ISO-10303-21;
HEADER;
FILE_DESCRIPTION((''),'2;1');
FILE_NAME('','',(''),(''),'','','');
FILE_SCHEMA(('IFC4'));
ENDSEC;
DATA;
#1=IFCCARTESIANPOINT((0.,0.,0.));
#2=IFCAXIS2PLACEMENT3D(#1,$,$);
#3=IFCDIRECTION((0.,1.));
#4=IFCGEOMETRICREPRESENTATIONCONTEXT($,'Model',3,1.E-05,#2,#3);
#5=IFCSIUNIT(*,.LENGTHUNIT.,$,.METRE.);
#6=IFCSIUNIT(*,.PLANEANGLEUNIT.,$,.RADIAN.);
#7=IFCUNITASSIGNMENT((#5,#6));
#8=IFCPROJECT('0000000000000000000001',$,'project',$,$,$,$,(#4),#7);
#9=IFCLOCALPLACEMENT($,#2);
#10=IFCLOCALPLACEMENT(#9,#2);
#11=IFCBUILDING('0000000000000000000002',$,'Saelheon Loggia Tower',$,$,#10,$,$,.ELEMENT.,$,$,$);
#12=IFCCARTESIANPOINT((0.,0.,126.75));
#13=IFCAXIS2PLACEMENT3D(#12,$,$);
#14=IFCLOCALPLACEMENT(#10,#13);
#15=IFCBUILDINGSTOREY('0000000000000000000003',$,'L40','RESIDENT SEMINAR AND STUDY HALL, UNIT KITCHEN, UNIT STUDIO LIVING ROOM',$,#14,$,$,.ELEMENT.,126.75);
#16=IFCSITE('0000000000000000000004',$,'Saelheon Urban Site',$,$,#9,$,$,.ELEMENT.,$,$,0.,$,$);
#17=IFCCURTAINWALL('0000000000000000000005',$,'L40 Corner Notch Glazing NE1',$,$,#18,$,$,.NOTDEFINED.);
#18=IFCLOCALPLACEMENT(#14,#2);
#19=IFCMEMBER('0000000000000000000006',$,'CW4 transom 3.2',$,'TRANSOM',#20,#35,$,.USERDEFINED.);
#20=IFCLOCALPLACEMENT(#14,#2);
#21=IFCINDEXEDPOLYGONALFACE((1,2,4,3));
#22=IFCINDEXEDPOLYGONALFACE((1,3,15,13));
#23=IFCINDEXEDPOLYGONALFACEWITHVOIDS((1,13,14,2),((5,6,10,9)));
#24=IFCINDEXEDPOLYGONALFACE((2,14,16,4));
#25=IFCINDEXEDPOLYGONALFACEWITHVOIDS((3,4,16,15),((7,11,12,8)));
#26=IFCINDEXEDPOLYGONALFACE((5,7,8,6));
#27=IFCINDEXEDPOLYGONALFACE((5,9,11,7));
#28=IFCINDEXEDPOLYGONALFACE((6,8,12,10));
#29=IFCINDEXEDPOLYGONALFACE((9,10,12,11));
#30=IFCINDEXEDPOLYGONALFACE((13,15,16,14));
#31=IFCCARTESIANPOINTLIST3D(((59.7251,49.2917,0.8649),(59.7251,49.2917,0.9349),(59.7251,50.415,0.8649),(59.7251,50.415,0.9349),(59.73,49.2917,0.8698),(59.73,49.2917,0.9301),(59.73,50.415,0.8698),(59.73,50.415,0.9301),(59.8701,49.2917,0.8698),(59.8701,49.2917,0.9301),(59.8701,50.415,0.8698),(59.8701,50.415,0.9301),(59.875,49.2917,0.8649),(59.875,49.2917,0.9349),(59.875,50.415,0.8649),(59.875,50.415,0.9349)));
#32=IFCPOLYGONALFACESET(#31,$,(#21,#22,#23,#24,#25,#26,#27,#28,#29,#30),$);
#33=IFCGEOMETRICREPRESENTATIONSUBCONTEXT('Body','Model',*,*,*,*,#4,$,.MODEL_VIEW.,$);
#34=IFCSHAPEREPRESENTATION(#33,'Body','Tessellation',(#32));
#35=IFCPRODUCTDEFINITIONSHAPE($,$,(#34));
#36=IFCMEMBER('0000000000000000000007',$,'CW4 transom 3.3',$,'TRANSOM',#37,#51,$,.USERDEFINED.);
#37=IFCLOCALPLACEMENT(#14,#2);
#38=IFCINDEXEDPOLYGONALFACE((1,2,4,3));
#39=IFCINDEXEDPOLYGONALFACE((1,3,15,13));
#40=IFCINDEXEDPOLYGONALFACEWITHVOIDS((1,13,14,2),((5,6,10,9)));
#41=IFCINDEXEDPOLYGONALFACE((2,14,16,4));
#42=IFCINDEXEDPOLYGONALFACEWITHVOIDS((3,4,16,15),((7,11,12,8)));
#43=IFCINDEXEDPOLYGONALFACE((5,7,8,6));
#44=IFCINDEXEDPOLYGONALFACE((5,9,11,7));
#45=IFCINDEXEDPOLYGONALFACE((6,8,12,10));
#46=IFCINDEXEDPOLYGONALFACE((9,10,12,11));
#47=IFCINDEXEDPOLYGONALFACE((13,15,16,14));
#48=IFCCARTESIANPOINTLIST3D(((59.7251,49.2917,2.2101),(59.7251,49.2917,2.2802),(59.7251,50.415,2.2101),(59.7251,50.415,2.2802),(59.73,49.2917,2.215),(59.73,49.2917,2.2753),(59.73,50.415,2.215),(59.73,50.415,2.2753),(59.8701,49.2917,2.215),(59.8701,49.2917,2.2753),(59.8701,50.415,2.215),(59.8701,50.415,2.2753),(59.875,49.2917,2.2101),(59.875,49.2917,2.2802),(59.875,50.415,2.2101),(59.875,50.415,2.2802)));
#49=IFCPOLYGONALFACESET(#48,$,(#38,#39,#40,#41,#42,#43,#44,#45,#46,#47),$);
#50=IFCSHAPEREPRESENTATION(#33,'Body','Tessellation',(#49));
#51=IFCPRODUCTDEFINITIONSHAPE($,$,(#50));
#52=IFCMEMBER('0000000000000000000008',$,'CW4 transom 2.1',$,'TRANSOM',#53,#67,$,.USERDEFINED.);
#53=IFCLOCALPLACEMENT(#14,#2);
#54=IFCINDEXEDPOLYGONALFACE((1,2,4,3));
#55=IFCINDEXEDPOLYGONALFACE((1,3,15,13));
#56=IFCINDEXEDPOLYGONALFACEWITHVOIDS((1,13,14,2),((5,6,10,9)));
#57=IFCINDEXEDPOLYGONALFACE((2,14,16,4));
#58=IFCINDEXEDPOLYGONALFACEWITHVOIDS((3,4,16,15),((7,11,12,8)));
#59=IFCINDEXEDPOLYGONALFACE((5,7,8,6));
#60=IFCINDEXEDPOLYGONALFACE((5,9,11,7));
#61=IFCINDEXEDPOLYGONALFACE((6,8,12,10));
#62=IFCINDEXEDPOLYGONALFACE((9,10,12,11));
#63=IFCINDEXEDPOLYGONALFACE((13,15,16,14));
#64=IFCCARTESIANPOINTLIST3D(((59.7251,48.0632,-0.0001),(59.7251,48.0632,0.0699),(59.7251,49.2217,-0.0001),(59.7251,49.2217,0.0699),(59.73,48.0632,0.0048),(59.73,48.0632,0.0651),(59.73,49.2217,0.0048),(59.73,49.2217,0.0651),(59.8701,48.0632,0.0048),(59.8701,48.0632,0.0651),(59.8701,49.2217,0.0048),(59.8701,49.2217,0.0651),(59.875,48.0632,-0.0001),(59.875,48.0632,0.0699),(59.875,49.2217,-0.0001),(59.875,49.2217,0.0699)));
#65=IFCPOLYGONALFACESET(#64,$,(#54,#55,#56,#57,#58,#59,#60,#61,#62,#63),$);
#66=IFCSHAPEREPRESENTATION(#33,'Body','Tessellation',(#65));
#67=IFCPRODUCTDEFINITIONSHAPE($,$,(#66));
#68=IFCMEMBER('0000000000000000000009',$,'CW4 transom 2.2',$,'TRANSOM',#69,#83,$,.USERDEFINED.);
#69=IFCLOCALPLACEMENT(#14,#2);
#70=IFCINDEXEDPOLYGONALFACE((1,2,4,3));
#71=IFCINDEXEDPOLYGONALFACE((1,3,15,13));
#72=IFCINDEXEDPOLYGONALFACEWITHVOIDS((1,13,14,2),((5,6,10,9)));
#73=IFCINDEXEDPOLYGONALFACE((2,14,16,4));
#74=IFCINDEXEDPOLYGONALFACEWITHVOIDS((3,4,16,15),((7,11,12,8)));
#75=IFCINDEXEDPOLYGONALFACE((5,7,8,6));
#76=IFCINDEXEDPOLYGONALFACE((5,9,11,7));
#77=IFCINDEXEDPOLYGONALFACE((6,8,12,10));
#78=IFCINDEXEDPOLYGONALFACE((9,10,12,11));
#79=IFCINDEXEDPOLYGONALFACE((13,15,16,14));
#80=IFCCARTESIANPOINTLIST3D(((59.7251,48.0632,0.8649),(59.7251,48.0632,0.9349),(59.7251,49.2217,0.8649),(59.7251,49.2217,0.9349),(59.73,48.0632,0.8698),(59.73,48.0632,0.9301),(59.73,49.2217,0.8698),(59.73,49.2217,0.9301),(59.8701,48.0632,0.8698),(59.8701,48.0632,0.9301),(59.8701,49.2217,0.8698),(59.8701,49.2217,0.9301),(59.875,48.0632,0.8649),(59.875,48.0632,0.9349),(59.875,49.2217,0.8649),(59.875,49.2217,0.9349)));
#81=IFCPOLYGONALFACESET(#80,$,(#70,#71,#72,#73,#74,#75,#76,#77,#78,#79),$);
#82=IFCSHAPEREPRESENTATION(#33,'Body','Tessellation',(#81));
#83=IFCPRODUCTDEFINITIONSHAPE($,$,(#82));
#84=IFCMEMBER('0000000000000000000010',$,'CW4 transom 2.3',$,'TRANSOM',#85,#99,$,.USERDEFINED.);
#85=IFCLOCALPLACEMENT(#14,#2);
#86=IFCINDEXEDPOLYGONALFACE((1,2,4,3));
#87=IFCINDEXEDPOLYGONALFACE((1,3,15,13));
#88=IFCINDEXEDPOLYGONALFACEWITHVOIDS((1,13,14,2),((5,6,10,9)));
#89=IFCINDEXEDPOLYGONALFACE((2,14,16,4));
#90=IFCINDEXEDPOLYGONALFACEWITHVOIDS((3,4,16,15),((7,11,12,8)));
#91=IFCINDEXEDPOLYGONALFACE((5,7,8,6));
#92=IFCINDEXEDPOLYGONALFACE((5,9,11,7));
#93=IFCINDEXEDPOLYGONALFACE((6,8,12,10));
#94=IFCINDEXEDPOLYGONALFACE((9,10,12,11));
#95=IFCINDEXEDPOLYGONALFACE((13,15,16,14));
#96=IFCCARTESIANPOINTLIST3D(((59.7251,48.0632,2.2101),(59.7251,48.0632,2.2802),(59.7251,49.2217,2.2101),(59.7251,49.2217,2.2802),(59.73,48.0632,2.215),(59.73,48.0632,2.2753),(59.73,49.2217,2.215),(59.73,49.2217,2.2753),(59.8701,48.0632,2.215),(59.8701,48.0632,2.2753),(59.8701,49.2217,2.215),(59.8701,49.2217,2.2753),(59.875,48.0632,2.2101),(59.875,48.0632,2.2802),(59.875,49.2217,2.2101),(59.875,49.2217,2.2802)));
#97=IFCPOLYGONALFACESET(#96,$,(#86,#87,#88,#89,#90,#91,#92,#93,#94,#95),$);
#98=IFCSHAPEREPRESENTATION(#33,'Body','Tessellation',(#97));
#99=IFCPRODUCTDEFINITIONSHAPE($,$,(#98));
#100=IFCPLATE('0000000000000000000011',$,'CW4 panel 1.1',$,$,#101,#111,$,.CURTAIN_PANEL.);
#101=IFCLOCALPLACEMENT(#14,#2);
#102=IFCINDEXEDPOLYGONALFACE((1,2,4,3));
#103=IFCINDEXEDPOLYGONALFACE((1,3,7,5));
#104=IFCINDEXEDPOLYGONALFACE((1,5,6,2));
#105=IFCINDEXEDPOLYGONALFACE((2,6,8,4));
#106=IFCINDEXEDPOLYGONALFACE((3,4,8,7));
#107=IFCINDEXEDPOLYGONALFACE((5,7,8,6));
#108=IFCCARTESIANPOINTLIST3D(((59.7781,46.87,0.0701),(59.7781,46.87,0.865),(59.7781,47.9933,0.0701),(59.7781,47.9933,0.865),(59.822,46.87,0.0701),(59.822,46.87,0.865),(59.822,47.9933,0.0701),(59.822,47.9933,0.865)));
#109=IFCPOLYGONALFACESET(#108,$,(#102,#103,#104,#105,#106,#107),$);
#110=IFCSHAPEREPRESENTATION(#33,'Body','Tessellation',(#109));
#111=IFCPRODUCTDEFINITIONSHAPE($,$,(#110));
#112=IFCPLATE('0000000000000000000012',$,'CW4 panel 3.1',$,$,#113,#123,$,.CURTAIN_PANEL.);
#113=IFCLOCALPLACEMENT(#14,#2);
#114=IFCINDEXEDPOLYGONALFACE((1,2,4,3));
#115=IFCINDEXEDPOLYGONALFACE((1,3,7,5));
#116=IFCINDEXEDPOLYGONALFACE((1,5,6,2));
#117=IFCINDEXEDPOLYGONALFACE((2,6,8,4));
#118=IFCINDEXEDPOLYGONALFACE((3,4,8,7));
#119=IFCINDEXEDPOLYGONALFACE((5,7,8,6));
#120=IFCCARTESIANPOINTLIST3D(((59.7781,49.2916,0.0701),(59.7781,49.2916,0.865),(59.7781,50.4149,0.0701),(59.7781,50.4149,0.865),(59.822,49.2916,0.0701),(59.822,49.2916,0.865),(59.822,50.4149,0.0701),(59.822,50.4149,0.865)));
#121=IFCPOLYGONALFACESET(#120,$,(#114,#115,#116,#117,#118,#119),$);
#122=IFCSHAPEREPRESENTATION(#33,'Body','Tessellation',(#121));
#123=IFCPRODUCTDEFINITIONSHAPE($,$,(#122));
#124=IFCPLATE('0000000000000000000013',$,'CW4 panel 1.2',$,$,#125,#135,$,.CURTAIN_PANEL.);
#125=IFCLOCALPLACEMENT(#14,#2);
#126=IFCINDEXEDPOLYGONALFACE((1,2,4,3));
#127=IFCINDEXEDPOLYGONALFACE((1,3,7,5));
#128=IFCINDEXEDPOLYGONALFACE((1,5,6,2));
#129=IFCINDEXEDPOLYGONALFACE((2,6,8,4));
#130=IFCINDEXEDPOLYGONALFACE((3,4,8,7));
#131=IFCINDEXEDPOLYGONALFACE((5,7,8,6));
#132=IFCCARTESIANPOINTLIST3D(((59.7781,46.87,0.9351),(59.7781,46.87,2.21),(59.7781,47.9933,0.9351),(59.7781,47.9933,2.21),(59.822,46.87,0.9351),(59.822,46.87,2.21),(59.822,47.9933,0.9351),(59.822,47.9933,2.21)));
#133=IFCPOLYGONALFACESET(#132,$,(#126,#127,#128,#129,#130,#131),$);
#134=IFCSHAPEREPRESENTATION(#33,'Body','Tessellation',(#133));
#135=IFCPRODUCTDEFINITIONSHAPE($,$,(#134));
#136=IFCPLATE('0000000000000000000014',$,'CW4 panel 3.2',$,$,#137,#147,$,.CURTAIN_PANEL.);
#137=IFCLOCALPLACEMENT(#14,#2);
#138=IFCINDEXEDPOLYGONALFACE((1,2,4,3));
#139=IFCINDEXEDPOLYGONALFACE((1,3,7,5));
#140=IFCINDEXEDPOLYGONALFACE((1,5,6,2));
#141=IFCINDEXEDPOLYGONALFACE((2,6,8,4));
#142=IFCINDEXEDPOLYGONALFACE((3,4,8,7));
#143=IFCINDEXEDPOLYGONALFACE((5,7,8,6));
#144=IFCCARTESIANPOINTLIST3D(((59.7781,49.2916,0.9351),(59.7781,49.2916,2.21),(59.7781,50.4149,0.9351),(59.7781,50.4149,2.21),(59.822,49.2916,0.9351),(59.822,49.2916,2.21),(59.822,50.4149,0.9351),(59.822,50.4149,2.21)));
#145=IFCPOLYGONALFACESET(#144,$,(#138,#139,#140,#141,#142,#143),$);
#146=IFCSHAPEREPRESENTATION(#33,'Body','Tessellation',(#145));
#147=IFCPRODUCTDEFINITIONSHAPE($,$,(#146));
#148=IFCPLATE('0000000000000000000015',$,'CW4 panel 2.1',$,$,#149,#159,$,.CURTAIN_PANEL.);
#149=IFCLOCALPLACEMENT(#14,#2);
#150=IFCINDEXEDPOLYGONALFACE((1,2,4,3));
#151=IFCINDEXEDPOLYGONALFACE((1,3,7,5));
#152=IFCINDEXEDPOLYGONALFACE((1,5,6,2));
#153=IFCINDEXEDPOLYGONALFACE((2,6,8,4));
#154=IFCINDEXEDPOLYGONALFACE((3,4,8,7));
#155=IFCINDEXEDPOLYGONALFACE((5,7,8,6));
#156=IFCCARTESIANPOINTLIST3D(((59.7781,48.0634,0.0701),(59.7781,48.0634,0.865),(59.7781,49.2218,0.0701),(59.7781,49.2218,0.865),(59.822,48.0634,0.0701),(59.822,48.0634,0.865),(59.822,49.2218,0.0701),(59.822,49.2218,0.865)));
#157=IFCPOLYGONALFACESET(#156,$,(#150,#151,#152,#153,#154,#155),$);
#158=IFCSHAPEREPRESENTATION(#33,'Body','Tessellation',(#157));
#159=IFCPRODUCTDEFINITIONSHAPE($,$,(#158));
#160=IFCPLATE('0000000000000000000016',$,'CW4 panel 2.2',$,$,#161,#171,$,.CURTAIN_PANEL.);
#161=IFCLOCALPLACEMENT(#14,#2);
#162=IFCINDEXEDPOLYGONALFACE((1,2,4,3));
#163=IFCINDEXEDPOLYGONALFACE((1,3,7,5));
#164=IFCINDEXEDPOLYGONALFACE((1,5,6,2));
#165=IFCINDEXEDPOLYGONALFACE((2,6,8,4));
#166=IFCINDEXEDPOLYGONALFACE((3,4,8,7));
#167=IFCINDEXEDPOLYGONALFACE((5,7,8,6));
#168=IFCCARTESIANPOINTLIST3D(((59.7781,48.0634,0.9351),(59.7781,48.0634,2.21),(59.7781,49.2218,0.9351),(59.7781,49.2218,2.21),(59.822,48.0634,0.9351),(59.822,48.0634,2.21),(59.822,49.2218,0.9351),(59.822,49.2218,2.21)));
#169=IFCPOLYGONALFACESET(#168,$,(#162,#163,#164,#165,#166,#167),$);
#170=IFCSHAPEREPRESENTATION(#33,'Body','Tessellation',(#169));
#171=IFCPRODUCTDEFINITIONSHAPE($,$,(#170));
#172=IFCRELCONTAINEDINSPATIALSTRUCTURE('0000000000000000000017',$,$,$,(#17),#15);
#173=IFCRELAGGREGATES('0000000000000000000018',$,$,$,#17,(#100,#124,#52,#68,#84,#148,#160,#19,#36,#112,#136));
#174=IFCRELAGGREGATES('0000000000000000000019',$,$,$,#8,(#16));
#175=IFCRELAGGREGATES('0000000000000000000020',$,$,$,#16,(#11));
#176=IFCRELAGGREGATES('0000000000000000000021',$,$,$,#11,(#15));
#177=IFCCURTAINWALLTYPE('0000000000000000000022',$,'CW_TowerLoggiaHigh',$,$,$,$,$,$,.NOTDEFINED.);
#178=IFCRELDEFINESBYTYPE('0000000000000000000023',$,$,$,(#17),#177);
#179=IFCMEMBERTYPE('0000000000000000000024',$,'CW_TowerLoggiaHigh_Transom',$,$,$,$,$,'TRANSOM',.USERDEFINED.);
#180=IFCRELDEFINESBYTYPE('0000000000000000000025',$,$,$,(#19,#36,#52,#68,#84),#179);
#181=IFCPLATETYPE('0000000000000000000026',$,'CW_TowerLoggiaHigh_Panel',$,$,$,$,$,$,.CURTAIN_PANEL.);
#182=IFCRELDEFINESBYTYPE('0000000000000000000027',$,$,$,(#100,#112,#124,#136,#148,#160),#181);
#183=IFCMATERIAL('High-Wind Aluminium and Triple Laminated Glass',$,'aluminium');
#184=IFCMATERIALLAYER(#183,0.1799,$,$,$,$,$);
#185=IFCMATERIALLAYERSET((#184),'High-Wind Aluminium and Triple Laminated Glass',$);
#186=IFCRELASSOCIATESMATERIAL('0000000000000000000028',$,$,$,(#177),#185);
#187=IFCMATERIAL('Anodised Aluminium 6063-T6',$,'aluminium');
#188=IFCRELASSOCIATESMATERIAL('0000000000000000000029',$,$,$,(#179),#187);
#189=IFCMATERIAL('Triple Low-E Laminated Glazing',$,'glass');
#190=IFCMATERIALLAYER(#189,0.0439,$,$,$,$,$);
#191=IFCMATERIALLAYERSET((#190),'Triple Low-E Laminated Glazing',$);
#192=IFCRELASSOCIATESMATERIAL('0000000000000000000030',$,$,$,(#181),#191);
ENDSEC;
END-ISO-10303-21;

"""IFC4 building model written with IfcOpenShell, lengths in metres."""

from ifc_helpers import new_model, si_unit, direction, frame, origin, origin_2d, place, context, subcontext, project, spatial, rectangle, hollow_rectangle, extrude, source, transform, mapped, material, layer, layer_set, material_profile, profile_set, type_object, element, aggregate, save


model = new_model("IFC4")

# Units and contexts
model_context = context("Model", 3, precision=1e-05, world=origin(), true_north=direction((0.0, 1.0)))
body_context = subcontext(model_context, "Body", "Model", "MODEL_VIEW")
ifc_project = project(units=[si_unit("LENGTHUNIT", "METRE"), si_unit("PLANEANGLEUNIT", "RADIAN")], contexts=[model_context])

# Site, building, storey
site_placement = place(None, origin())
site = spatial("IfcSite", under=ifc_project, at=site_placement, Name="Saelheon Urban Site", CompositionType="ELEMENT", RefElevation=0.0)
building_placement = place(site_placement, origin())
building = spatial("IfcBuilding", under=site, at=building_placement, Name="Saelheon Loggia Tower", CompositionType="ELEMENT")
storey_placement = place(building_placement, frame((0.0, 0.0, 126.75)))
storey = spatial("IfcBuildingStorey", under=building, at=storey_placement, Name="L40", Description="RESIDENT SEMINAR AND STUDY HALL, UNIT KITCHEN, UNIT STUDIO LIVING ROOM", CompositionType="ELEMENT", Elevation=126.75)

# Curtain wall
ifc_material_1 = material(Name="High-Wind Aluminium and Triple Laminated Glass", Category="aluminium")
ifc_layer_1 = layer(ifc_material_1, 0.1799)
ifc_layer_set_1 = layer_set([ifc_layer_1], Name="High-Wind Aluminium and Triple Laminated Glass")
curtain_wall_type = type_object("IfcCurtainWallType", Name="CW_TowerLoggiaHigh", PredefinedType="NOTDEFINED", material=ifc_layer_set_1)
curtain_wall_1_placement = place(storey_placement, origin())
curtain_wall_1 = element("IfcCurtainWall", 1, at=curtain_wall_1_placement, inside=storey, type_object=curtain_wall_type, Name="L40 Corner Notch Glazing NE1", PredefinedType="NOTDEFINED")
ifc_material_2 = material(Name="Anodised Aluminium 6063-T6", Category="aluminium")

# Members
ifc_material_profile_1 = material_profile(ifc_material_2, hollow_rectangle(XDim=0.0701, YDim=0.1499, WallThickness=0.0049, at=origin_2d()), Name="RHS-150x70x5")
ifc_profile_set_1 = profile_set([ifc_material_profile_1], Name="Anodised Aluminium 6063-T6")
member_type_1 = type_object("IfcMemberType", Name="CW_TowerLoggiaHigh_Transom", ElementType="TRANSOM", PredefinedType="USERDEFINED", material=ifc_profile_set_1)
shared_shape_1 = source(origin(), body_context, "Body", "SweptSolid", [
    extrude(hollow_rectangle(XDim=0.0701, YDim=0.1499, WallThickness=0.0049, at=origin_2d()), origin(), (0.0, 0.0, 1.0), 1.1233),
])
member_1_placement = place(storey_placement, frame((59.8, 49.2917, 0.8999), z_axis=(0.0, 1.0, 0.0), x_axis=(0.0, 0.0, 1.0)))
member_1 = element("IfcMember", 2, at=member_1_placement, type_object=member_type_1, Name="CW4 transom 3.2", ObjectType="TRANSOM", PredefinedType="USERDEFINED", context=body_context, shape_type="MappedRepresentation", body=[
    mapped(shared_shape_1, transform((0.0, 0.0, 0.0), scale=1.0)),
])
member_2_placement = place(storey_placement, frame((59.8, 49.2917, 2.2451), z_axis=(0.0, 1.0, 0.0), x_axis=(0.0, 0.0, 1.0)))
member_2 = element("IfcMember", 3, at=member_2_placement, type_object=member_type_1, Name="CW4 transom 3.3", ObjectType="TRANSOM", PredefinedType="USERDEFINED", context=body_context, shape_type="MappedRepresentation", body=[
    mapped(shared_shape_1, transform((0.0, 0.0, 0.0), scale=1.0)),
])
shared_shape_2 = source(origin(), body_context, "Body", "SweptSolid", [
    extrude(hollow_rectangle(XDim=0.0701, YDim=0.1499, WallThickness=0.0049, at=origin_2d()), origin(), (0.0, 0.0, 1.0), 1.1584),
])
member_3_placement = place(storey_placement, frame((59.8, 48.0632, 0.0349), z_axis=(0.0, 1.0, 0.0), x_axis=(0.0, 0.0, 1.0)))
member_3 = element("IfcMember", 4, at=member_3_placement, type_object=member_type_1, Name="CW4 transom 2.1", ObjectType="TRANSOM", PredefinedType="USERDEFINED", context=body_context, shape_type="MappedRepresentation", body=[
    mapped(shared_shape_2, transform((0.0, 0.0, 0.0), scale=1.0)),
])
member_4_placement = place(storey_placement, frame((59.8, 48.0632, 0.8999), z_axis=(0.0, 1.0, 0.0), x_axis=(0.0, 0.0, 1.0)))
member_4 = element("IfcMember", 5, at=member_4_placement, type_object=member_type_1, Name="CW4 transom 2.2", ObjectType="TRANSOM", PredefinedType="USERDEFINED", context=body_context, shape_type="MappedRepresentation", body=[
    mapped(shared_shape_2, transform((0.0, 0.0, 0.0), scale=1.0)),
])
member_5_placement = place(storey_placement, frame((59.8, 48.0632, 2.2451), z_axis=(0.0, 1.0, 0.0), x_axis=(0.0, 0.0, 1.0)))
member_5 = element("IfcMember", 6, at=member_5_placement, type_object=member_type_1, Name="CW4 transom 2.3", ObjectType="TRANSOM", PredefinedType="USERDEFINED", context=body_context, shape_type="MappedRepresentation", body=[
    mapped(shared_shape_2, transform((0.0, 0.0, 0.0), scale=1.0)),
])

# Plates
ifc_material_3 = material(Name="Triple Low-E Laminated Glazing", Category="glass")
ifc_layer_2 = layer(ifc_material_3, 0.0439)
ifc_layer_set_2 = layer_set([ifc_layer_2], Name="Triple Low-E Laminated Glazing")
plate_type = type_object("IfcPlateType", Name="CW_TowerLoggiaHigh_Panel", PredefinedType="CURTAIN_PANEL", material=ifc_layer_set_2)
shared_shape_3 = source(origin(), body_context, "Body", "SweptSolid", [
    extrude(rectangle(XDim=1.1233, YDim=0.0439, at=origin_2d()), origin(), (0.0, 0.0, 1.0), 0.7949),
])
plate_1_placement = place(storey_placement, frame((59.8, 47.4316, 0.0701), z_axis=(0.0, 0.0, 1.0), x_axis=(0.0, 1.0, 0.0)))
plate_1 = element("IfcPlate", 7, at=plate_1_placement, type_object=plate_type, Name="CW4 panel 1.1", PredefinedType="CURTAIN_PANEL", context=body_context, shape_type="MappedRepresentation", body=[
    mapped(shared_shape_3, transform((0.0, 0.0, 0.0), scale=1.0)),
])
plate_2_placement = place(storey_placement, frame((59.8, 49.8533, 0.0701), z_axis=(0.0, 0.0, 1.0), x_axis=(0.0, 1.0, 0.0)))
plate_2 = element("IfcPlate", 8, at=plate_2_placement, type_object=plate_type, Name="CW4 panel 3.1", PredefinedType="CURTAIN_PANEL", context=body_context, shape_type="MappedRepresentation", body=[
    mapped(shared_shape_3, transform((0.0, 0.0, 0.0), scale=1.0)),
])
shared_shape_4 = source(origin(), body_context, "Body", "SweptSolid", [
    extrude(rectangle(XDim=1.1233, YDim=0.0439, at=origin_2d()), origin(), (0.0, 0.0, 1.0), 1.2749),
])
plate_3_placement = place(storey_placement, frame((59.8, 47.4316, 0.9351), z_axis=(0.0, 0.0, 1.0), x_axis=(0.0, 1.0, 0.0)))
plate_3 = element("IfcPlate", 9, at=plate_3_placement, type_object=plate_type, Name="CW4 panel 1.2", PredefinedType="CURTAIN_PANEL", context=body_context, shape_type="MappedRepresentation", body=[
    mapped(shared_shape_4, transform((0.0, 0.0, 0.0), scale=1.0)),
])
plate_4_placement = place(storey_placement, frame((59.8, 49.8533, 0.9351), z_axis=(0.0, 0.0, 1.0), x_axis=(0.0, 1.0, 0.0)))
plate_4 = element("IfcPlate", 10, at=plate_4_placement, type_object=plate_type, Name="CW4 panel 3.2", PredefinedType="CURTAIN_PANEL", context=body_context, shape_type="MappedRepresentation", body=[
    mapped(shared_shape_4, transform((0.0, 0.0, 0.0), scale=1.0)),
])
shared_shape_5 = source(origin(), body_context, "Body", "SweptSolid", [
    extrude(rectangle(XDim=1.1584, YDim=0.0439, at=origin_2d()), origin(), (0.0, 0.0, 1.0), 0.7949),
])
plate_5_placement = place(storey_placement, frame((59.8, 48.6426, 0.0701), z_axis=(0.0, 0.0, 1.0), x_axis=(0.0, 1.0, 0.0)))
plate_5 = element("IfcPlate", 11, at=plate_5_placement, type_object=plate_type, Name="CW4 panel 2.1", PredefinedType="CURTAIN_PANEL", context=body_context, shape_type="MappedRepresentation", body=[
    mapped(shared_shape_5, transform((0.0, 0.0, 0.0), scale=1.0)),
])
shared_shape_6 = source(origin(), body_context, "Body", "SweptSolid", [
    extrude(rectangle(XDim=1.1584, YDim=0.0439, at=origin_2d()), origin(), (0.0, 0.0, 1.0), 1.2749),
])
plate_6_placement = place(storey_placement, frame((59.8, 48.6426, 0.9351), z_axis=(0.0, 0.0, 1.0), x_axis=(0.0, 1.0, 0.0)))
plate_6 = element("IfcPlate", 12, at=plate_6_placement, type_object=plate_type, Name="CW4 panel 2.2", PredefinedType="CURTAIN_PANEL", context=body_context, shape_type="MappedRepresentation", body=[
    mapped(shared_shape_6, transform((0.0, 0.0, 0.0), scale=1.0)),
])
aggregate(curtain_wall_1, [plate_1, plate_3, member_3, member_4, member_5, plate_5, plate_6, member_1, member_2, plate_2, plate_4])

save(model, "model.ifc")
